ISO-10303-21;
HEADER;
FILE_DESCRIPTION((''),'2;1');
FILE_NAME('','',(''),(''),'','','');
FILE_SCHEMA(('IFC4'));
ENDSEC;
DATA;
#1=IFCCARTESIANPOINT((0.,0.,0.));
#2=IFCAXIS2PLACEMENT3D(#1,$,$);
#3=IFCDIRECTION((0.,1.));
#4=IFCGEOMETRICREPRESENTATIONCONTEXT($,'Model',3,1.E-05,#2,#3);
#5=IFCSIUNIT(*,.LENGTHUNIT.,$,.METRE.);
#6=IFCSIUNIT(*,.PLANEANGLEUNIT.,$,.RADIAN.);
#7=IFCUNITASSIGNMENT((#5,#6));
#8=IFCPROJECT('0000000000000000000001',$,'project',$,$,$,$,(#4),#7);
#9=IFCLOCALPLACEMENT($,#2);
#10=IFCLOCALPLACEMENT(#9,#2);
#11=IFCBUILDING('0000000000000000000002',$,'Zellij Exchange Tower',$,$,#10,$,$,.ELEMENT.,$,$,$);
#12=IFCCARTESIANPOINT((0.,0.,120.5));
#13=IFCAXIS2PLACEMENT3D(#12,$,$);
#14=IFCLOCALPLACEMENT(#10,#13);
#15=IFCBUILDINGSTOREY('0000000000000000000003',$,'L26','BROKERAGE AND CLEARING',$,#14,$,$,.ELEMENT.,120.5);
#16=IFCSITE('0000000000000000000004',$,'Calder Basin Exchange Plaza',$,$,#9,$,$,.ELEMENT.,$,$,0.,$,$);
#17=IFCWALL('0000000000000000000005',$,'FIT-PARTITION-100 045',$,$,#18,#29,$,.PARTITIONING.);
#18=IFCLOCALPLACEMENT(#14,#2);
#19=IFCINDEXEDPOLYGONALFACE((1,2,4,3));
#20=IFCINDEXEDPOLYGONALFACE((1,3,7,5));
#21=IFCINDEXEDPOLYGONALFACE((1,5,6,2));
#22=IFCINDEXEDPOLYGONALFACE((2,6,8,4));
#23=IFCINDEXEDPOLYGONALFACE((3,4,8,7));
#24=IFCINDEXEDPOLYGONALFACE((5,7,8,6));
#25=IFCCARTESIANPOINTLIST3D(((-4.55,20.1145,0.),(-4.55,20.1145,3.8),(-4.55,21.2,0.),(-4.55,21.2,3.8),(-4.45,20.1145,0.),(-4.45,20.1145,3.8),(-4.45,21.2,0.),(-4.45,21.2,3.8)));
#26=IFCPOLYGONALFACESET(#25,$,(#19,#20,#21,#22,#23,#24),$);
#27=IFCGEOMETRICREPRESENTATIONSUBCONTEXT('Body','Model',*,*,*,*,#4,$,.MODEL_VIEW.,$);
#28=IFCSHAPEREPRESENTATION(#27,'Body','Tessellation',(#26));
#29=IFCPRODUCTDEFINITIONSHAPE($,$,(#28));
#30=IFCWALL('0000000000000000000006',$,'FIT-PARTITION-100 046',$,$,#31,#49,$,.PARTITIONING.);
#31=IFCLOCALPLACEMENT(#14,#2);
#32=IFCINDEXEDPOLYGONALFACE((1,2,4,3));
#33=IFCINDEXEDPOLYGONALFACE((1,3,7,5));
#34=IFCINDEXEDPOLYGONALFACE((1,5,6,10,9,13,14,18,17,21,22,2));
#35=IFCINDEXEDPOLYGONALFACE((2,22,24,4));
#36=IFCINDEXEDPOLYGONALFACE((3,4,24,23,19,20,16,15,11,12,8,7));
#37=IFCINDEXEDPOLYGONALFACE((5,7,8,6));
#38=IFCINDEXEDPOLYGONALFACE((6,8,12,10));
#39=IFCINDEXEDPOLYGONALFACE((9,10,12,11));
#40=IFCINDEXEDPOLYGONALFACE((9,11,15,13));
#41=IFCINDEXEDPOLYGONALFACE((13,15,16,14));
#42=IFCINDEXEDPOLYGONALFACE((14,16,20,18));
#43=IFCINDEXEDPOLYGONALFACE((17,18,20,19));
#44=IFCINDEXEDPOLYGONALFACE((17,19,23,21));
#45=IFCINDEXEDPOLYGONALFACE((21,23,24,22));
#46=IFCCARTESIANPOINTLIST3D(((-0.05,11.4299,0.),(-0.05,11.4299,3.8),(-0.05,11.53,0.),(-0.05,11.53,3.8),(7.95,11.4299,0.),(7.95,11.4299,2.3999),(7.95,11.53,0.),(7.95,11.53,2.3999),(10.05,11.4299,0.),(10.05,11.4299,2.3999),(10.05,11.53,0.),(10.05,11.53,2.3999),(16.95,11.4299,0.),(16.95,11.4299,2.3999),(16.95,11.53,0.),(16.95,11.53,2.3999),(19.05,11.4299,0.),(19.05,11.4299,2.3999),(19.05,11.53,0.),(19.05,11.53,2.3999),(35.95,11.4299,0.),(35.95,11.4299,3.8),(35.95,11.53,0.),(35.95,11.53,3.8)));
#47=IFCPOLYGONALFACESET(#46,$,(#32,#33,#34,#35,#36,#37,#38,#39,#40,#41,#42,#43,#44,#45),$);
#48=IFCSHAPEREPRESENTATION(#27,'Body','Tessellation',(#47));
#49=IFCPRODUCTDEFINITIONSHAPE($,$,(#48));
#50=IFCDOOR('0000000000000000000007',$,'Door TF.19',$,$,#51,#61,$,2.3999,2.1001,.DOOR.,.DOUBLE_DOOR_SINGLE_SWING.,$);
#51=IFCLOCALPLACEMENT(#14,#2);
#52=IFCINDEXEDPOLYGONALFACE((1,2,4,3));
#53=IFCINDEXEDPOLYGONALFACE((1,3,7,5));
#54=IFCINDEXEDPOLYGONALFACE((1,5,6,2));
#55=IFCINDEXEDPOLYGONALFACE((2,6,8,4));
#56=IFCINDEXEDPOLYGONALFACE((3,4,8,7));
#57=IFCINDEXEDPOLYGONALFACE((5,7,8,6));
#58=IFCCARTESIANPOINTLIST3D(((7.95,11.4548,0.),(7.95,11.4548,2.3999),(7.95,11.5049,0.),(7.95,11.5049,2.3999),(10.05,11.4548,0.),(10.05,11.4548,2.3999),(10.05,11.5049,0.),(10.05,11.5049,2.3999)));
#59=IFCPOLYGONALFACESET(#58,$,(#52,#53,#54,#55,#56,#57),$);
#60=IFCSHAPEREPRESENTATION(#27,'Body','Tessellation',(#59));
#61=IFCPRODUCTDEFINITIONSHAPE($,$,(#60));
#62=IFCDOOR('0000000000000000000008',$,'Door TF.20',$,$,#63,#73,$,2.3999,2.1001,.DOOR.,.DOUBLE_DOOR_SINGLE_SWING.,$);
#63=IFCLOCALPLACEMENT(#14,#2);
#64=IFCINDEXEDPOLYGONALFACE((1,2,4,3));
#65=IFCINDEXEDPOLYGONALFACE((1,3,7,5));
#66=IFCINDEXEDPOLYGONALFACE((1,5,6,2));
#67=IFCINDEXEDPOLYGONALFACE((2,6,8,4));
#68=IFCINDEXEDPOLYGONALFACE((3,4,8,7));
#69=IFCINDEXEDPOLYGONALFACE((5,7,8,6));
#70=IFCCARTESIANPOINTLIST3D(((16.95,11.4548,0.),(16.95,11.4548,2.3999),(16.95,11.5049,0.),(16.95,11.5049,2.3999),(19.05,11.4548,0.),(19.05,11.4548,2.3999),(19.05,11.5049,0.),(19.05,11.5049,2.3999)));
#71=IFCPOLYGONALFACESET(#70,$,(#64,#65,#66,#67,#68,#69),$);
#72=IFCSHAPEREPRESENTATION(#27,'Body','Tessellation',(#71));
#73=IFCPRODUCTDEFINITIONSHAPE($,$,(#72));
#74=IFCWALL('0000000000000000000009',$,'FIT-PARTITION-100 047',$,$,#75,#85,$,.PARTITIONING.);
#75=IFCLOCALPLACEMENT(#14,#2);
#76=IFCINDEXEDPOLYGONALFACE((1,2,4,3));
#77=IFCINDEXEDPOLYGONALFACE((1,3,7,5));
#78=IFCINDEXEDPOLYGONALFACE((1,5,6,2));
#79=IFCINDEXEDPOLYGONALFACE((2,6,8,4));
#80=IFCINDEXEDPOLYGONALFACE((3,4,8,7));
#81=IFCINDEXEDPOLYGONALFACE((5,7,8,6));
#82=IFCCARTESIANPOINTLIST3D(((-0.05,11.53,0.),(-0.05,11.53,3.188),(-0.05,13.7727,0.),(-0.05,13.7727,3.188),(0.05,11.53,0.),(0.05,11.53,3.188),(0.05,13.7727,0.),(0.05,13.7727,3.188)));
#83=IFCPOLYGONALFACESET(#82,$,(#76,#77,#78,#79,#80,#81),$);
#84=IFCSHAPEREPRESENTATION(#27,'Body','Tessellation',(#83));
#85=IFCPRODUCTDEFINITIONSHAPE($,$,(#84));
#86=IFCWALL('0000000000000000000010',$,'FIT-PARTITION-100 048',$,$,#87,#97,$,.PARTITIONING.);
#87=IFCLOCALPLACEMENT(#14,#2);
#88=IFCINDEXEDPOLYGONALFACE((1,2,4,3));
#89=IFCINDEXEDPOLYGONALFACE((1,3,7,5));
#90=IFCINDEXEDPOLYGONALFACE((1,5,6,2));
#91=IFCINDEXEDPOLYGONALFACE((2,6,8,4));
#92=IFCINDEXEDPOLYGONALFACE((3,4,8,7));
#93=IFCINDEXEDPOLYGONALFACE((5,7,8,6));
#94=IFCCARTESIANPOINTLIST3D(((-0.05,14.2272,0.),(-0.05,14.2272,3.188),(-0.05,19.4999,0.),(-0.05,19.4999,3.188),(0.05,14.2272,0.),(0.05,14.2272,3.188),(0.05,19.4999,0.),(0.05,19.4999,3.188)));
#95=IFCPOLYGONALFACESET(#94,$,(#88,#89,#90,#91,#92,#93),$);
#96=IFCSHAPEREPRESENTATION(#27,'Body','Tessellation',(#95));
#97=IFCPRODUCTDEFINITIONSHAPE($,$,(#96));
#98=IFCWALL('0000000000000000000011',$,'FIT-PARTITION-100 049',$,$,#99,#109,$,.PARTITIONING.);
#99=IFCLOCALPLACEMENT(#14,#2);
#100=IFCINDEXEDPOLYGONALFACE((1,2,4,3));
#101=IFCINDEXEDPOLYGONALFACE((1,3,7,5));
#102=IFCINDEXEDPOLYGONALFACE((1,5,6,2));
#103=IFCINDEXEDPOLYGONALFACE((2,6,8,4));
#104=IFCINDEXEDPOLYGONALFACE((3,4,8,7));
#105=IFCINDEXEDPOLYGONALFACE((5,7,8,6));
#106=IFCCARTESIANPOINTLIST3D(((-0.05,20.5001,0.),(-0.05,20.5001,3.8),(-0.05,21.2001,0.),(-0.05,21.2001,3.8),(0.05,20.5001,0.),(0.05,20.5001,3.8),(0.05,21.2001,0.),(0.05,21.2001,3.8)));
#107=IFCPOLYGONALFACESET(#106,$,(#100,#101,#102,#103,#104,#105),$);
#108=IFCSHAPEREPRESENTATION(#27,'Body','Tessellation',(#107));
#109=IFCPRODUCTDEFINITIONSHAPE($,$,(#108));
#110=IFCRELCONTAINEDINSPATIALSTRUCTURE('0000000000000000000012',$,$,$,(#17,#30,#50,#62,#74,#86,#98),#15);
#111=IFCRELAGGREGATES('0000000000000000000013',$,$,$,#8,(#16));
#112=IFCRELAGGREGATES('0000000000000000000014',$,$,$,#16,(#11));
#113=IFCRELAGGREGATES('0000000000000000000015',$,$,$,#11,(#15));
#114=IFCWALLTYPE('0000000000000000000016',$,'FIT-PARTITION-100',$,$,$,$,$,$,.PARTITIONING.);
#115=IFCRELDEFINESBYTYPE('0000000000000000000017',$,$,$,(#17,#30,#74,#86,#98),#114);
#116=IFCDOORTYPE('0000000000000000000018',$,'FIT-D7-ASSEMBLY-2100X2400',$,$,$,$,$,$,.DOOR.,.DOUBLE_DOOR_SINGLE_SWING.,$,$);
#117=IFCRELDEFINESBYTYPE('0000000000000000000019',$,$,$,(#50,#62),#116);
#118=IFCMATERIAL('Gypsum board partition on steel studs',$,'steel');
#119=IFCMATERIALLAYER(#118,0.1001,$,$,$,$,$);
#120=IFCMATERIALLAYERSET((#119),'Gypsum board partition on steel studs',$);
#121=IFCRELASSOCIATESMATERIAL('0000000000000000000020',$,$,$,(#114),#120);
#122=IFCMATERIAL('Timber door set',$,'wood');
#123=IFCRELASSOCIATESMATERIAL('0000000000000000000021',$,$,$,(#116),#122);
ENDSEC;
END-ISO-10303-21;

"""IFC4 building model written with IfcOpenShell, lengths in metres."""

from ifc_helpers import new_model, si_unit, direction, frame, frame_2d, origin, place, context, subcontext, project, spatial, rectangle, extrude, material, layer, layer_set, type_object, element, fill, save


model = new_model("IFC4")

# Units and contexts
model_context = context("Model", 3, precision=1e-05, world=origin(), true_north=direction((0.0, 1.0)))
body_context = subcontext(model_context, "Body", "Model", "MODEL_VIEW")
ifc_project = project(units=[si_unit("LENGTHUNIT", "METRE"), si_unit("PLANEANGLEUNIT", "RADIAN")], contexts=[model_context])

# Site, building, storey
site_placement = place(None, origin())
site = spatial("IfcSite", under=ifc_project, at=site_placement, Name="Calder Basin Exchange Plaza", CompositionType="ELEMENT", RefElevation=0.0)
building_placement = place(site_placement, origin())
building = spatial("IfcBuilding", under=site, at=building_placement, Name="Zellij Exchange Tower", CompositionType="ELEMENT")
storey_placement = place(building_placement, frame((0.0, 0.0, 120.5)))
storey = spatial("IfcBuildingStorey", under=building, at=storey_placement, Name="L26", Description="BROKERAGE AND CLEARING", CompositionType="ELEMENT", Elevation=120.5)

# Shared definitions
ifc_material_1 = material(Name="Gypsum board partition on steel studs", Category="steel")
ifc_layer = layer(ifc_material_1, 0.1001)
ifc_layer_set = layer_set([ifc_layer], Name="Gypsum board partition on steel studs")
wall_type = type_object("IfcWallType", Name="FIT-PARTITION-100", PredefinedType="PARTITIONING", material=ifc_layer_set)

# Shared definitions
ifc_material_2 = material(Name="Timber door set", Category="wood")
door_type = type_object("IfcDoorType", Name="FIT-D7-ASSEMBLY-2100X2400", OperationType="DOUBLE_DOOR_SINGLE_SWING", PredefinedType="DOOR", material=ifc_material_2)

# Wall
wall_1_placement = place(storey_placement, frame((-4.5, 20.1145, 0.0), z_axis=(0.0, 0.0, 1.0), x_axis=(0.0, 1.0, 0.0)))
element("IfcWall", 1, at=wall_1_placement, inside=storey, type_object=wall_type, Name="FIT-PARTITION-100 045", PredefinedType="PARTITIONING", context=body_context, shape_type="SweptSolid", body=[
    extrude(rectangle(XDim=1.0854, YDim=0.1001, at=frame_2d((0.5427, 0.0))), origin(), (0.0, 0.0, 1.0), 3.8),
])

# Wall, openings, doors
wall_2_placement = place(storey_placement, frame((-0.05, 11.48, 0.0), z_axis=(0.0, 0.0, 1.0), x_axis=(1.0, 0.0, 0.0)))
wall_2 = element("IfcWall", 2, at=wall_2_placement, inside=storey, type_object=wall_type, Name="FIT-PARTITION-100 046", PredefinedType="PARTITIONING", context=body_context, shape_type="SweptSolid", body=[
    extrude(rectangle(XDim=36.0, YDim=0.1001, at=frame_2d((18.0, 0.0))), origin(), (0.0, 0.0, 1.0), 3.8),
])
opening_1_placement = place(wall_2_placement, frame((8.0, 0.0, 0.0)))
opening_1 = element("IfcOpeningElement", 3, at=opening_1_placement, cuts=wall_2, PredefinedType="OPENING", context=body_context, shape_type="SweptSolid", body=[
    extrude(rectangle(XDim=2.1001, YDim=2.3999, at=frame_2d((1.05, 1.2))), frame((0.0, 0.062, 0.0), z_axis=(0.0, -1.0, 0.0), x_axis=(1.0, 0.0, 0.0)), (0.0, 0.0, 1.0), 0.124),
])
opening_2_placement = place(wall_2_placement, frame((17.0, 0.0, 0.0)))
opening_2 = element("IfcOpeningElement", 4, at=opening_2_placement, cuts=wall_2, PredefinedType="OPENING", context=body_context, shape_type="SweptSolid", body=[
    extrude(rectangle(XDim=2.1001, YDim=2.3999, at=frame_2d((1.05, 1.2))), frame((0.0, 0.062, 0.0), z_axis=(0.0, -1.0, 0.0), x_axis=(1.0, 0.0, 0.0)), (0.0, 0.0, 1.0), 0.124),
])
door_1_placement = place(opening_1_placement, origin())
door_1 = element("IfcDoor", 5, at=door_1_placement, inside=storey, type_object=door_type, Name="Door TF.19", OperationType="DOUBLE_DOOR_SINGLE_SWING", OverallHeight=2.3999, OverallWidth=2.1001, PredefinedType="DOOR", context=body_context, shape_type="SweptSolid", body=[
    extrude(rectangle(XDim=2.1001, YDim=2.3999, at=frame_2d((1.05, 1.2))), frame((0.0, 0.0249, 0.0), z_axis=(0.0, -1.0, 0.0), x_axis=(1.0, 0.0, 0.0)), (0.0, 0.0, 1.0), 0.05),
])
fill(opening_1, door_1)
door_2_placement = place(opening_2_placement, origin())
door_2 = element("IfcDoor", 6, at=door_2_placement, inside=storey, type_object=door_type, Name="Door TF.20", OperationType="DOUBLE_DOOR_SINGLE_SWING", OverallHeight=2.3999, OverallWidth=2.1001, PredefinedType="DOOR", context=body_context, shape_type="SweptSolid", body=[
    extrude(rectangle(XDim=2.1001, YDim=2.3999, at=frame_2d((1.05, 1.2))), frame((0.0, 0.0249, 0.0), z_axis=(0.0, -1.0, 0.0), x_axis=(1.0, 0.0, 0.0)), (0.0, 0.0, 1.0), 0.05),
])
fill(opening_2, door_2)

# Walls
wall_3_placement = place(storey_placement, frame((0.0, 11.53, 0.0), z_axis=(0.0, 0.0, 1.0), x_axis=(0.0, 1.0, 0.0)))
element("IfcWall", 7, at=wall_3_placement, inside=storey, type_object=wall_type, Name="FIT-PARTITION-100 047", PredefinedType="PARTITIONING", context=body_context, shape_type="SweptSolid", body=[
    extrude(rectangle(XDim=2.2427, YDim=0.1001, at=frame_2d((1.1213, 0.0))), origin(), (0.0, 0.0, 1.0), 3.188),
])
wall_4_placement = place(storey_placement, frame((0.0, 14.2273, 0.0), z_axis=(0.0, 0.0, 1.0), x_axis=(0.0, 1.0, 0.0)))
element("IfcWall", 8, at=wall_4_placement, inside=storey, type_object=wall_type, Name="FIT-PARTITION-100 048", PredefinedType="PARTITIONING", context=body_context, shape_type="SweptSolid", body=[
    extrude(rectangle(XDim=5.2727, YDim=0.1001, at=frame_2d((2.6362, 0.0))), origin(), (0.0, 0.0, 1.0), 3.188),
])
wall_5_placement = place(storey_placement, frame((0.0, 20.5, 0.0), z_axis=(0.0, 0.0, 1.0), x_axis=(0.0, 1.0, 0.0)))
element("IfcWall", 9, at=wall_5_placement, inside=storey, type_object=wall_type, Name="FIT-PARTITION-100 049", PredefinedType="PARTITIONING", context=body_context, shape_type="SweptSolid", body=[
    extrude(rectangle(XDim=0.7, YDim=0.1001, at=frame_2d((0.3501, 0.0))), origin(), (0.0, 0.0, 1.0), 3.8),
])

save(model, "model.ifc")
